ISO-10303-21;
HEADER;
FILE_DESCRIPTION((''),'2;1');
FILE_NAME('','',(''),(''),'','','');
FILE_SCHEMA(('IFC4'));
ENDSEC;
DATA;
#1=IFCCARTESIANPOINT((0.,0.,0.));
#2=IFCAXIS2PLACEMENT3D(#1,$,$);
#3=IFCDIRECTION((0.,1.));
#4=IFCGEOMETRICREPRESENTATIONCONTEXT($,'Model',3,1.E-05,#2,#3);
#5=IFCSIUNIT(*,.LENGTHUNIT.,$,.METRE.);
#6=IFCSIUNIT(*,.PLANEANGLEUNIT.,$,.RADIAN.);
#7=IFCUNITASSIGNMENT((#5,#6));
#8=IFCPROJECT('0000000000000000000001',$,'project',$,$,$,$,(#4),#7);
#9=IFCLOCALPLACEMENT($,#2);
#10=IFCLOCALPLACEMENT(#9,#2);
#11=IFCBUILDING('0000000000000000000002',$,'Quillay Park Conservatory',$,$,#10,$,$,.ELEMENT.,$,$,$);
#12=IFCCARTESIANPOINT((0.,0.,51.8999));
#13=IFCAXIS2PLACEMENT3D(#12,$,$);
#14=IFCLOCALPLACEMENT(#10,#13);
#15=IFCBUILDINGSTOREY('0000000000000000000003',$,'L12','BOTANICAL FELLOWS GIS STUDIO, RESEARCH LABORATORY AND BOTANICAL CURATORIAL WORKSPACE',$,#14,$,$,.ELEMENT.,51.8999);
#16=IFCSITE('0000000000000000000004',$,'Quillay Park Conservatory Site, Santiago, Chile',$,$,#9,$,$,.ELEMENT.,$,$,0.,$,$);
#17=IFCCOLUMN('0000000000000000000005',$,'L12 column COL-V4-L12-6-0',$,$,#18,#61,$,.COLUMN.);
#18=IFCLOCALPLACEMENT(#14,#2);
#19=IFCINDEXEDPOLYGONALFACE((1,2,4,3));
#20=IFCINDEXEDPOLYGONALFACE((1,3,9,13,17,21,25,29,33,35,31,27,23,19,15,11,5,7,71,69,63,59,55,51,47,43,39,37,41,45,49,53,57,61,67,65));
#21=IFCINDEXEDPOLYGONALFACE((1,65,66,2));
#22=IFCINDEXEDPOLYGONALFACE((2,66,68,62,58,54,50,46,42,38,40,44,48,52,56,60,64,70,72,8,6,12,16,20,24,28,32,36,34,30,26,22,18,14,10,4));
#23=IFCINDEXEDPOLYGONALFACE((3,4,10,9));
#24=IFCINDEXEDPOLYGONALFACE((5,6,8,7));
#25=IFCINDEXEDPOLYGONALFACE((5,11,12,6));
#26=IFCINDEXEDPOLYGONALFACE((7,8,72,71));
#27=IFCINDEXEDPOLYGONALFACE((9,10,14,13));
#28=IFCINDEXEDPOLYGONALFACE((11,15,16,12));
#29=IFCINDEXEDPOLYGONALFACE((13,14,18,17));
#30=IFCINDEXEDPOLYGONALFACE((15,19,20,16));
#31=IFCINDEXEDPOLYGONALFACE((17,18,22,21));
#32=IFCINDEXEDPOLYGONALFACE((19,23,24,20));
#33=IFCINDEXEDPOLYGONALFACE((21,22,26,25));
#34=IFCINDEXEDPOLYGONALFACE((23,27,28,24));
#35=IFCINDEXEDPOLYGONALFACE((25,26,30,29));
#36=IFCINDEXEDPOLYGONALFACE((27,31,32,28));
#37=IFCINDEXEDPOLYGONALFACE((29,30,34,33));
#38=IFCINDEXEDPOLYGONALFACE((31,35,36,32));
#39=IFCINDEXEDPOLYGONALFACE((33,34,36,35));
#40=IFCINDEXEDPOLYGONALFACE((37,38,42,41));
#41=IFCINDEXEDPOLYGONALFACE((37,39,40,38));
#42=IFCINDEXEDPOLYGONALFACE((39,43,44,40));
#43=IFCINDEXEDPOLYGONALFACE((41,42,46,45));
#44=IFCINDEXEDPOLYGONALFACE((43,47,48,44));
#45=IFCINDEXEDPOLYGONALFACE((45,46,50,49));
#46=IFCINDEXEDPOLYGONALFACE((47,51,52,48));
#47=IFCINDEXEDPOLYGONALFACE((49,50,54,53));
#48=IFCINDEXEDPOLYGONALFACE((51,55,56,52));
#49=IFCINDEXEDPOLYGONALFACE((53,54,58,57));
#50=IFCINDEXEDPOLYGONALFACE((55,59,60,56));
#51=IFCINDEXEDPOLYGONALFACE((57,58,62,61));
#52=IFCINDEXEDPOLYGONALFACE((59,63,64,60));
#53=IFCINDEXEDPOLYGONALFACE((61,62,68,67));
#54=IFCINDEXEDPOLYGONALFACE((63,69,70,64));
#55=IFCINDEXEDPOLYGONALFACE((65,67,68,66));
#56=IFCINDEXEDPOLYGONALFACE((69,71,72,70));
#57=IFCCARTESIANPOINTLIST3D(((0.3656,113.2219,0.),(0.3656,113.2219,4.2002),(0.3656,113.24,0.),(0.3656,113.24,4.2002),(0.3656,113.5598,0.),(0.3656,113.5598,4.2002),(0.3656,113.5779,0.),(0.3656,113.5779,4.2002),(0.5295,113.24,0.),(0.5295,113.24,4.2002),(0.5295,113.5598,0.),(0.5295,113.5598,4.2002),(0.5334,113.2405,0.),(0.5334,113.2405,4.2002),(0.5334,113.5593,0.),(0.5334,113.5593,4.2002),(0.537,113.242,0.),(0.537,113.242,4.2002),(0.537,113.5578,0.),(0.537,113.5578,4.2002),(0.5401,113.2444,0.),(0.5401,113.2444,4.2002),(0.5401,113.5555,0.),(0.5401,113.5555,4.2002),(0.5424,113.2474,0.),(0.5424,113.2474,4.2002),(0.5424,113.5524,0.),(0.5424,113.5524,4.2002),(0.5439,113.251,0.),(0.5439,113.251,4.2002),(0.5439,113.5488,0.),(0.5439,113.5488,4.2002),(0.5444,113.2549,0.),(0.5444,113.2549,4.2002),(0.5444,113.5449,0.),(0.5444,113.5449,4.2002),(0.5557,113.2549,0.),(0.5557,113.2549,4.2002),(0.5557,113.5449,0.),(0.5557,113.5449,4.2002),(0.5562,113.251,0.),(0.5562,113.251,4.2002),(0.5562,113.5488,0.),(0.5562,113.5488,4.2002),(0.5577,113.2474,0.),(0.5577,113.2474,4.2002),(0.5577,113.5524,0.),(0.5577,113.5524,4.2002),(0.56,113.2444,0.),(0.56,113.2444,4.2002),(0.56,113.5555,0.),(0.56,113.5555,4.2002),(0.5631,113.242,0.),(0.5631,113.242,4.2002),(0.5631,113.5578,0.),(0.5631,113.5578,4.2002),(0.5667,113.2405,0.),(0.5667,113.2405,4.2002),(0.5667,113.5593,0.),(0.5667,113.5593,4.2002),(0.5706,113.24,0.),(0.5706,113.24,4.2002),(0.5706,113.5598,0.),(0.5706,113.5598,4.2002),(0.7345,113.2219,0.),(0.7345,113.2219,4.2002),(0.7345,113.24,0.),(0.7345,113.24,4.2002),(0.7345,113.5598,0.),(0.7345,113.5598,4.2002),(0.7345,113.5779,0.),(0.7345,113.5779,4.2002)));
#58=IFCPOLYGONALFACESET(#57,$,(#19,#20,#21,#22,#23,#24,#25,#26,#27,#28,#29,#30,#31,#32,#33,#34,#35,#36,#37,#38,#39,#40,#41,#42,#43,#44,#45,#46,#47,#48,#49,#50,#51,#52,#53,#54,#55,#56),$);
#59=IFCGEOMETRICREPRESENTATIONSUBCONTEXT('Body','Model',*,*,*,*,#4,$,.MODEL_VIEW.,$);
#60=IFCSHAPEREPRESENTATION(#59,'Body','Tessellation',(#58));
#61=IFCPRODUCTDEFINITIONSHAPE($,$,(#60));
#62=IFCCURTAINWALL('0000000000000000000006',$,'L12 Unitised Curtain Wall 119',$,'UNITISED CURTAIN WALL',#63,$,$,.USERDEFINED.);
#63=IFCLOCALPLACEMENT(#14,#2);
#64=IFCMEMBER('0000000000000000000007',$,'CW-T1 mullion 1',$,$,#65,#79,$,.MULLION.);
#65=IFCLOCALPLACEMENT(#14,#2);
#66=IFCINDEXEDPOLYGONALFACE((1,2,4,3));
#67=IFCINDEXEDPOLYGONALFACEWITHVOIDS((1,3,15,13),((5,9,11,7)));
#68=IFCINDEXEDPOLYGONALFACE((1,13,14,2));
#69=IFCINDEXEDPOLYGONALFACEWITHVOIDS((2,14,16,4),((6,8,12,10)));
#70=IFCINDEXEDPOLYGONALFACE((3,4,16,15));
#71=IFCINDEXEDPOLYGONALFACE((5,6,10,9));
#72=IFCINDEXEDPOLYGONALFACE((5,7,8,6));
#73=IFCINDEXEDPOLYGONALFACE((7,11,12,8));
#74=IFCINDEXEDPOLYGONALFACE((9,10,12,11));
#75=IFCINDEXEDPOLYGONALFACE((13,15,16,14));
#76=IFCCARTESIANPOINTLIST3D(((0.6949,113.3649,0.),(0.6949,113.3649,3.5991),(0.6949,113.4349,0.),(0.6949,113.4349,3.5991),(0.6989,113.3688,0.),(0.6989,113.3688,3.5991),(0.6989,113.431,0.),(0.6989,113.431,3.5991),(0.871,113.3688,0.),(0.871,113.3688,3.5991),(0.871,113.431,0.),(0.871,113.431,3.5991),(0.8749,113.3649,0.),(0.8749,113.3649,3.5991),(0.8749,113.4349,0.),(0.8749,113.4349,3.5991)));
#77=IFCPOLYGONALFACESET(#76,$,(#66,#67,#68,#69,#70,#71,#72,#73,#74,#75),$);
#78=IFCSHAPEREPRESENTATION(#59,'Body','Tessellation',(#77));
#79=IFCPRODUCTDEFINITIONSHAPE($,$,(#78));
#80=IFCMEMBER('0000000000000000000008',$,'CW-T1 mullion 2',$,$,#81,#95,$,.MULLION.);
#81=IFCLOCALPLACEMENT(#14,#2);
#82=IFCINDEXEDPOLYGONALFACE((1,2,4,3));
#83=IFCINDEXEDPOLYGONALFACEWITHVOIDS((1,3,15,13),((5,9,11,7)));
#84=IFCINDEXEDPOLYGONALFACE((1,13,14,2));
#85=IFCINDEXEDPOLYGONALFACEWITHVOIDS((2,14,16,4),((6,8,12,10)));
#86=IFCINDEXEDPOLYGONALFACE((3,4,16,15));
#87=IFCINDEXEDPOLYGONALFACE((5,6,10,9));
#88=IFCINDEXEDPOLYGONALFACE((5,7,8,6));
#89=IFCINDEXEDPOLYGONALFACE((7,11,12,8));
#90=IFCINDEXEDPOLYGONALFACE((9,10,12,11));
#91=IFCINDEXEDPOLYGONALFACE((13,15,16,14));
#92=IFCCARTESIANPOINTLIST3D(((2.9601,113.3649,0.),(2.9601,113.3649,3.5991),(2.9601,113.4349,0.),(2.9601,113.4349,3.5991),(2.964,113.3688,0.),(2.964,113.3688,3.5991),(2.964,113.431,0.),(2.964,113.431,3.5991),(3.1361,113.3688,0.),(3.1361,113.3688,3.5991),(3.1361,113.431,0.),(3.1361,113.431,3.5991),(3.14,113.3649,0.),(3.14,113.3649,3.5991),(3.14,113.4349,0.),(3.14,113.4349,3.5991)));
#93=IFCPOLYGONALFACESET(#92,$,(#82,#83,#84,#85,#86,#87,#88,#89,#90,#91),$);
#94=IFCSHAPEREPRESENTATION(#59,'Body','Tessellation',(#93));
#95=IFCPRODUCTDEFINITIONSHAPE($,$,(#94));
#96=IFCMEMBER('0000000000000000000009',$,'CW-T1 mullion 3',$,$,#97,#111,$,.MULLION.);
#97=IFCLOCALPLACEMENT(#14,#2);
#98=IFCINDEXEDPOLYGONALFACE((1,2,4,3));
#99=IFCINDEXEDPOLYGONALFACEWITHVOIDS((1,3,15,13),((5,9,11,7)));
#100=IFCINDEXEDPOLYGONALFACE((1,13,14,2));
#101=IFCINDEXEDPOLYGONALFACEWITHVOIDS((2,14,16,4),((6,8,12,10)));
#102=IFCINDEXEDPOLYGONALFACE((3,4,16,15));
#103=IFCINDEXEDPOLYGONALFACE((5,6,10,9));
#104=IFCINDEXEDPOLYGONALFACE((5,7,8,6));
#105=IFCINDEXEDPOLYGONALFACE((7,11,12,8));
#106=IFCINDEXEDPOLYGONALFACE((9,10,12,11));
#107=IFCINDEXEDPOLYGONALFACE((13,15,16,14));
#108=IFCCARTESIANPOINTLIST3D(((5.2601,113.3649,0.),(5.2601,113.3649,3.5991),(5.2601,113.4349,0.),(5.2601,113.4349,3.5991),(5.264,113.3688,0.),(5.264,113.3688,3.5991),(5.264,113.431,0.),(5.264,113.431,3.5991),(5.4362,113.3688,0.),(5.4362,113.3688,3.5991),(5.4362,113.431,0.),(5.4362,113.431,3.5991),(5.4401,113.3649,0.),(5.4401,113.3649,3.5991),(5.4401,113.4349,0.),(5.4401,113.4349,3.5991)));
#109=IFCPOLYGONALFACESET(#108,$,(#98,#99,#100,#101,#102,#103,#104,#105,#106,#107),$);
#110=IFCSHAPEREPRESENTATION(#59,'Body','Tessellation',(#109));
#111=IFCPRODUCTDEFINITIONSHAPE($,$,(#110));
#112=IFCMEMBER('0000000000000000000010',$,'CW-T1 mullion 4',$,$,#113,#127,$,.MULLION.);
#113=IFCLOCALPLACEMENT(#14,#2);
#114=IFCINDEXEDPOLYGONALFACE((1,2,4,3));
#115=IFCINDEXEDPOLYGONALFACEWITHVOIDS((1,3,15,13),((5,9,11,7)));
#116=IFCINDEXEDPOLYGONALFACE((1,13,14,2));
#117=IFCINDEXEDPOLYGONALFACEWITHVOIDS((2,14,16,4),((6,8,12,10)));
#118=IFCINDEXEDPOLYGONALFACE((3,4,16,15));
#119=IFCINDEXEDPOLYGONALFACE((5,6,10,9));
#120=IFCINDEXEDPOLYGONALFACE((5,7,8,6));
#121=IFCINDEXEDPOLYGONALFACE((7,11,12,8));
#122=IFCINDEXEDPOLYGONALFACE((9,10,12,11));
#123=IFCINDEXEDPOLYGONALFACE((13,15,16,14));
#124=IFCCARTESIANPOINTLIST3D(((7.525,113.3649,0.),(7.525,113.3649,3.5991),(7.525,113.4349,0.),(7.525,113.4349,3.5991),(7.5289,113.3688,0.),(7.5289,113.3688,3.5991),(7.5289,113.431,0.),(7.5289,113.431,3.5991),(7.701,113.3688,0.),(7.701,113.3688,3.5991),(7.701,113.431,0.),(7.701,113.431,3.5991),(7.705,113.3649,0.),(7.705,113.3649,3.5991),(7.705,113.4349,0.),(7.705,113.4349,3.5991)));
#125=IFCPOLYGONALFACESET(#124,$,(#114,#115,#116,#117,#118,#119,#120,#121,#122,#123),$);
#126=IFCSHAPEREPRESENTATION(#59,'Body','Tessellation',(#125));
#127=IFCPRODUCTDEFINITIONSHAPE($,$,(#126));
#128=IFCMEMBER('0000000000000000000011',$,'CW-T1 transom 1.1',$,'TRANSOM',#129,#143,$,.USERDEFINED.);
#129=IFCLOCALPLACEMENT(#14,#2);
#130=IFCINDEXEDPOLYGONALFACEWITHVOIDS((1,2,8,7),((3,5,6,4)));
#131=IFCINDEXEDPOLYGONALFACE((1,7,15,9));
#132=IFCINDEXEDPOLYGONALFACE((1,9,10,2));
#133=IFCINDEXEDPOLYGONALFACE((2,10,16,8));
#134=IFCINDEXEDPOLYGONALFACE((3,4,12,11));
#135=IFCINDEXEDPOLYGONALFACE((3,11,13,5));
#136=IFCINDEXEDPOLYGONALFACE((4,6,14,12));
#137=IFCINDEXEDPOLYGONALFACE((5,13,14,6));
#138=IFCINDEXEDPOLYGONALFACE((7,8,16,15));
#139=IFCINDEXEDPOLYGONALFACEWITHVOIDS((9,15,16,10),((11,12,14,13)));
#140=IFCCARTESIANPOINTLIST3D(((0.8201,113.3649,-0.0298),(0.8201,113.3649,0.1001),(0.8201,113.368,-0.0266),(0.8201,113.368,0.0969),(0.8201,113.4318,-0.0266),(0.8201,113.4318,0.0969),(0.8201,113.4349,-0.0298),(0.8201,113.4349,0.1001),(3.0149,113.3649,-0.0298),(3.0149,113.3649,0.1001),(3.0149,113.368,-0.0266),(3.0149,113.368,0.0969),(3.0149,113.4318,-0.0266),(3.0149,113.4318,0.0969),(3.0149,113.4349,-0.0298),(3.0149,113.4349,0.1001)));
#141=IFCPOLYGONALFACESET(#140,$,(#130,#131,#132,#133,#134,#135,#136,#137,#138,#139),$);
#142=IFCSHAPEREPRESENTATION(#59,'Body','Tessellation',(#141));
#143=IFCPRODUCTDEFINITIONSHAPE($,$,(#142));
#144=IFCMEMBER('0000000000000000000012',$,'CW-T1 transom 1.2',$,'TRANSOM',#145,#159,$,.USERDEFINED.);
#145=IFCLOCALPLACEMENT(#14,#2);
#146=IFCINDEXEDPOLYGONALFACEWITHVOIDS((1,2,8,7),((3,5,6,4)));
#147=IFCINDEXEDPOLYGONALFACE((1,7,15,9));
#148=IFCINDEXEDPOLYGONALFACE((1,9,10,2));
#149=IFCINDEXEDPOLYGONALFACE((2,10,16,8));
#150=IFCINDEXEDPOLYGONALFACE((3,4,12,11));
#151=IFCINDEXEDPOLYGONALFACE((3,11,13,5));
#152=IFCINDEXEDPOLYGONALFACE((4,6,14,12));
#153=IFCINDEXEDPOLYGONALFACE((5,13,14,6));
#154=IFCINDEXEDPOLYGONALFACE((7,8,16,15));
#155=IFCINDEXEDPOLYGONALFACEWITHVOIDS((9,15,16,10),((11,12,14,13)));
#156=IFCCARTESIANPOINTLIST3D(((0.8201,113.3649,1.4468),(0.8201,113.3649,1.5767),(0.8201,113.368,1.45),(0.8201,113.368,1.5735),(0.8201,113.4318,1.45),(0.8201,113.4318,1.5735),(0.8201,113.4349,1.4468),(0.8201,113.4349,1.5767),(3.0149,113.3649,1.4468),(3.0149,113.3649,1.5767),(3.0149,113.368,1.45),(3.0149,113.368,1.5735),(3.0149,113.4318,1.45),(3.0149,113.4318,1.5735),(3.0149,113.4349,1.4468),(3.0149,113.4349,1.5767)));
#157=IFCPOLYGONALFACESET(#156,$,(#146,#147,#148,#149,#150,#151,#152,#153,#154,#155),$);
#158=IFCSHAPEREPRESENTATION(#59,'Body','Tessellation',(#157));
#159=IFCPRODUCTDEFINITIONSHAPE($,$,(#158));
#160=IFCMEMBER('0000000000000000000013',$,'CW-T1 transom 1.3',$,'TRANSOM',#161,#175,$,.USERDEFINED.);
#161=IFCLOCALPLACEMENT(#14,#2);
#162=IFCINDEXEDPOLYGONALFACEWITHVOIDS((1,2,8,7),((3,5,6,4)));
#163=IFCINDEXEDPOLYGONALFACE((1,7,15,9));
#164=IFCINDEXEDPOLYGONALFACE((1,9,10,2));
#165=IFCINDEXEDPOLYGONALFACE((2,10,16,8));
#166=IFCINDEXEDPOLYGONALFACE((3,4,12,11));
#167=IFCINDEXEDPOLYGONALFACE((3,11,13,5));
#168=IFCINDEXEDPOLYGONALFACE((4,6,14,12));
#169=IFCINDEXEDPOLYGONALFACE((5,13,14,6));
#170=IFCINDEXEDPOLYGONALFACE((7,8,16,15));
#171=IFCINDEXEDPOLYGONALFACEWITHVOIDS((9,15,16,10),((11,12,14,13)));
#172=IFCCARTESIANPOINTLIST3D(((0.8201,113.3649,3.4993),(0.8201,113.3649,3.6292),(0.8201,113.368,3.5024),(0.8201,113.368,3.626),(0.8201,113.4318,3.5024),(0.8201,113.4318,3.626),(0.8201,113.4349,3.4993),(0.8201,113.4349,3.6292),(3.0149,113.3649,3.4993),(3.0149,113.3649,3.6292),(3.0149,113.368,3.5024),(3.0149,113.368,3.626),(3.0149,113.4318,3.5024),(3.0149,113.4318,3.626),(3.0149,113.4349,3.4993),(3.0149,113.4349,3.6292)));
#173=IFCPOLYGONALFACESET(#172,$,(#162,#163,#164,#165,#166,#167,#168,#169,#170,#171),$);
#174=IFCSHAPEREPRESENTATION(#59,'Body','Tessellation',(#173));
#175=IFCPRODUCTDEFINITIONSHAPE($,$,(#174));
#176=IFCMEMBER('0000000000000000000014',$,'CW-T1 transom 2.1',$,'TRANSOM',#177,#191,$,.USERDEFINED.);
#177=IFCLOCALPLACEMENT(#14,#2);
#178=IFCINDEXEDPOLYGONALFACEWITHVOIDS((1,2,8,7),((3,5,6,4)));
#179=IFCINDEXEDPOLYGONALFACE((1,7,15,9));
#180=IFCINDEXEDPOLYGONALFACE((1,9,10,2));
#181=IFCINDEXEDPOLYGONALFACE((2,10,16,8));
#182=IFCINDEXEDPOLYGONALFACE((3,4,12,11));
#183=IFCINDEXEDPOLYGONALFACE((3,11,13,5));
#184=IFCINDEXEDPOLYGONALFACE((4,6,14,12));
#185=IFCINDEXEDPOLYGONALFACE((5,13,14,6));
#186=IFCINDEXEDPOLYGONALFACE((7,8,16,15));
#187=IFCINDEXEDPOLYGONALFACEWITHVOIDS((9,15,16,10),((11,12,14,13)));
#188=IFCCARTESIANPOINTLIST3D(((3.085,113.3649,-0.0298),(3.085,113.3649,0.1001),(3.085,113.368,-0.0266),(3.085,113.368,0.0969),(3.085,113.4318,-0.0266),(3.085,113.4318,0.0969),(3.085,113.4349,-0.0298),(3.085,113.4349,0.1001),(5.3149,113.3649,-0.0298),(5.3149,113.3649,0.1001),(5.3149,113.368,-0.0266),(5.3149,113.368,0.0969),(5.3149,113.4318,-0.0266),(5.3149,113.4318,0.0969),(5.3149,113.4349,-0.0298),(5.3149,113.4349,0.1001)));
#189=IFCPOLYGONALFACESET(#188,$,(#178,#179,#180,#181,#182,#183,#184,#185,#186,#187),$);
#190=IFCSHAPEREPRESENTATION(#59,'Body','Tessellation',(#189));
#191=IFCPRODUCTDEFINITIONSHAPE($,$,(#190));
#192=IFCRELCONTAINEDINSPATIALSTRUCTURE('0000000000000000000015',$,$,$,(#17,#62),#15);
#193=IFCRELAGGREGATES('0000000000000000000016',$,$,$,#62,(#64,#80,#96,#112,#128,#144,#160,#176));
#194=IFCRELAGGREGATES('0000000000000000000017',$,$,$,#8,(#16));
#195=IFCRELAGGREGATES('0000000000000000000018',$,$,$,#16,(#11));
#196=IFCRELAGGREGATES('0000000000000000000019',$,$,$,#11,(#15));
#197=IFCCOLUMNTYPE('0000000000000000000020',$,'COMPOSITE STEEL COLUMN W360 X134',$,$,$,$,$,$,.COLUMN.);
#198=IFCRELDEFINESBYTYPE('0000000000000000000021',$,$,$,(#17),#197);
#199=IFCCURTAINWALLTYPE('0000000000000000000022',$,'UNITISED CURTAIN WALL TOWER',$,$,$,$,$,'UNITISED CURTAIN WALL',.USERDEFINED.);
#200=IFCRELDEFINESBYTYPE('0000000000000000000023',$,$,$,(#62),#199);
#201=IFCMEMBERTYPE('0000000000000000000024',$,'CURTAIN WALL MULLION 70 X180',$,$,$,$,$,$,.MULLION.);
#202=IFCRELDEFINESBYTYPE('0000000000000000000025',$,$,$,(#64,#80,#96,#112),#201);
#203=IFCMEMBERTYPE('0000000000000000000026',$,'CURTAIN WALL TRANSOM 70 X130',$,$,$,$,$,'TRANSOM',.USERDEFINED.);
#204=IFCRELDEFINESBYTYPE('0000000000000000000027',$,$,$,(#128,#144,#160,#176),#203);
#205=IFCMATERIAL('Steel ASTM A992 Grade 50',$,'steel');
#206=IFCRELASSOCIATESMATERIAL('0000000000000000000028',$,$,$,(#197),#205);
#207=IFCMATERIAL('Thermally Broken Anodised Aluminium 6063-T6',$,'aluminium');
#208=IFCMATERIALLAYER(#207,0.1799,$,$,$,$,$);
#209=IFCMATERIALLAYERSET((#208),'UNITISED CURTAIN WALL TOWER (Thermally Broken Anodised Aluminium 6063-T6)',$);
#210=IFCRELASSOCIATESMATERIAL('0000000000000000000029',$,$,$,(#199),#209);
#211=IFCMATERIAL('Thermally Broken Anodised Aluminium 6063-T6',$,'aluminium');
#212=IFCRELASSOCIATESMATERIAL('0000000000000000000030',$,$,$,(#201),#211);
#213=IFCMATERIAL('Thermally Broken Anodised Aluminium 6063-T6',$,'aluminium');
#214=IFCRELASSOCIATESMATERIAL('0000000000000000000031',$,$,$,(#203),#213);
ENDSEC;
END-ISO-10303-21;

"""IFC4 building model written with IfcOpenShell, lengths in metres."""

from ifc_helpers import new_model, si_unit, direction, frame, origin, origin_2d, place, context, subcontext, project, spatial, hollow_rectangle, i_section, extrude, material, layer, layer_set, material_profile, profile_set, type_object, element, aggregate, save


model = new_model("IFC4")

# Units and contexts
model_context = context("Model", 3, precision=1e-05, world=origin(), true_north=direction((0.0, 1.0)))
body_context = subcontext(model_context, "Body", "Model", "MODEL_VIEW")
ifc_project = project(units=[si_unit("LENGTHUNIT", "METRE"), si_unit("PLANEANGLEUNIT", "RADIAN")], contexts=[model_context])

# Site, building, storey
site_placement = place(None, origin())
site = spatial("IfcSite", under=ifc_project, at=site_placement, Name="Quillay Park Conservatory Site, Santiago, Chile", CompositionType="ELEMENT", RefElevation=0.0)
building_placement = place(site_placement, origin())
building = spatial("IfcBuilding", under=site, at=building_placement, Name="Quillay Park Conservatory", CompositionType="ELEMENT")
storey_placement = place(building_placement, frame((0.0, 0.0, 51.8999)))
storey = spatial("IfcBuildingStorey", under=building, at=storey_placement, Name="L12", Description="BOTANICAL FELLOWS GIS STUDIO, RESEARCH LABORATORY AND BOTANICAL CURATORIAL WORKSPACE", CompositionType="ELEMENT", Elevation=51.8999)

# Column
ifc_material_1 = material(Name="Steel ASTM A992 Grade 50", Category="steel")
ifc_material_profile_1 = material_profile(ifc_material_1, i_section(OverallWidth=0.3689, OverallDepth=0.356, WebThickness=0.0112, FlangeThickness=0.0181, FilletRadius=0.0149, at=origin_2d()), Name="W360x134")
ifc_profile_set_1 = profile_set([ifc_material_profile_1], Name="Steel ASTM A992 Grade 50")
column_type = type_object("IfcColumnType", Name="COMPOSITE STEEL COLUMN W360 X134", PredefinedType="COLUMN", material=ifc_profile_set_1)
column_placement = place(storey_placement, frame((0.55, 113.3999, 0.0), z_axis=(0.0, 0.0, 1.0), x_axis=(1.0, 0.0, 0.0)))
element("IfcColumn", 1, at=column_placement, inside=storey, type_object=column_type, Name="L12 column COL-V4-L12-6-0", PredefinedType="COLUMN", context=body_context, shape_type="SweptSolid", body=[
    extrude(i_section(OverallWidth=0.3689, OverallDepth=0.356, WebThickness=0.0112, FlangeThickness=0.0181, FilletRadius=0.0149, at=origin_2d()), origin(), (0.0, 0.0, 1.0), 4.2002),
])

# Curtain wall, members
ifc_material_2 = material(Name="Thermally Broken Anodised Aluminium 6063-T6", Category="aluminium")
ifc_layer_1 = layer(ifc_material_2, 0.1799)
ifc_layer_set_1 = layer_set([ifc_layer_1], Name="UNITISED CURTAIN WALL TOWER (Thermally Broken Anodised Aluminium 6063-T6)")
curtain_wall_type = type_object("IfcCurtainWallType", Name="UNITISED CURTAIN WALL TOWER", ElementType="UNITISED CURTAIN WALL", PredefinedType="USERDEFINED", material=ifc_layer_set_1)
curtain_wall_placement = place(storey_placement, origin())
curtain_wall = element("IfcCurtainWall", 2, at=curtain_wall_placement, inside=storey, type_object=curtain_wall_type, Name="L12 Unitised Curtain Wall 119", ObjectType="UNITISED CURTAIN WALL", PredefinedType="USERDEFINED")
ifc_material_3 = material(Name="Thermally Broken Anodised Aluminium 6063-T6", Category="aluminium")
ifc_material_profile_2 = material_profile(ifc_material_3, hollow_rectangle(XDim=0.0701, YDim=0.1799, WallThickness=0.0039, at=origin_2d()), Name="AL70x180x4")
ifc_profile_set_2 = profile_set([ifc_material_profile_2], Name="Thermally Broken Anodised Aluminium 6063-T6")
member_type_1 = type_object("IfcMemberType", Name="CURTAIN WALL MULLION 70 X180", PredefinedType="MULLION", material=ifc_profile_set_2)
member_1_placement = place(storey_placement, frame((0.7849, 113.3999, 0.0), z_axis=(0.0, 0.0, 1.0), x_axis=(0.0, 1.0, 0.0)))
member_1 = element("IfcMember", 3, at=member_1_placement, type_object=member_type_1, Name="CW-T1 mullion 1", PredefinedType="MULLION", context=body_context, shape_type="SweptSolid", body=[
    extrude(hollow_rectangle(XDim=0.0701, YDim=0.1799, WallThickness=0.0039, at=origin_2d()), origin(), (0.0, 0.0, 1.0), 3.5991),
])
member_2_placement = place(storey_placement, frame((3.05, 113.3999, 0.0), z_axis=(0.0, 0.0, 1.0), x_axis=(0.0, 1.0, 0.0)))
member_2 = element("IfcMember", 4, at=member_2_placement, type_object=member_type_1, Name="CW-T1 mullion 2", PredefinedType="MULLION", context=body_context, shape_type="SweptSolid", body=[
    extrude(hollow_rectangle(XDim=0.0701, YDim=0.1799, WallThickness=0.0039, at=origin_2d()), origin(), (0.0, 0.0, 1.0), 3.5991),
])
member_3_placement = place(storey_placement, frame((5.3501, 113.3999, 0.0), z_axis=(0.0, 0.0, 1.0), x_axis=(0.0, 1.0, 0.0)))
member_3 = element("IfcMember", 5, at=member_3_placement, type_object=member_type_1, Name="CW-T1 mullion 3", PredefinedType="MULLION", context=body_context, shape_type="SweptSolid", body=[
    extrude(hollow_rectangle(XDim=0.0701, YDim=0.1799, WallThickness=0.0039, at=origin_2d()), origin(), (0.0, 0.0, 1.0), 3.5991),
])
member_4_placement = place(storey_placement, frame((7.615, 113.3999, 0.0), z_axis=(0.0, 0.0, 1.0), x_axis=(0.0, 1.0, 0.0)))
member_4 = element("IfcMember", 6, at=member_4_placement, type_object=member_type_1, Name="CW-T1 mullion 4", PredefinedType="MULLION", context=body_context, shape_type="SweptSolid", body=[
    extrude(hollow_rectangle(XDim=0.0701, YDim=0.1799, WallThickness=0.0039, at=origin_2d()), origin(), (0.0, 0.0, 1.0), 3.5991),
])
ifc_material_4 = material(Name="Thermally Broken Anodised Aluminium 6063-T6", Category="aluminium")
ifc_material_profile_3 = material_profile(ifc_material_4, hollow_rectangle(XDim=0.0701, YDim=0.1299, WallThickness=0.0032, at=origin_2d()), Name="AL70x130x3.2")
ifc_profile_set_3 = profile_set([ifc_material_profile_3], Name="Thermally Broken Anodised Aluminium 6063-T6")
member_type_2 = type_object("IfcMemberType", Name="CURTAIN WALL TRANSOM 70 X130", ElementType="TRANSOM", PredefinedType="USERDEFINED", material=ifc_profile_set_3)
member_5_placement = place(storey_placement, frame((0.8201, 113.3999, 0.0352), z_axis=(1.0, 0.0, 0.0), x_axis=(0.0, 1.0, 0.0)))
member_5 = element("IfcMember", 7, at=member_5_placement, type_object=member_type_2, Name="CW-T1 transom 1.1", ObjectType="TRANSOM", PredefinedType="USERDEFINED", context=body_context, shape_type="SweptSolid", body=[
    extrude(hollow_rectangle(XDim=0.0701, YDim=0.1299, WallThickness=0.0032, at=origin_2d()), origin(), (0.0, 0.0, 1.0), 2.1948),
])
member_6_placement = place(storey_placement, frame((0.8201, 113.3999, 1.5117), z_axis=(1.0, 0.0, 0.0), x_axis=(0.0, 1.0, 0.0)))
member_6 = element("IfcMember", 8, at=member_6_placement, type_object=member_type_2, Name="CW-T1 transom 1.2", ObjectType="TRANSOM", PredefinedType="USERDEFINED", context=body_context, shape_type="SweptSolid", body=[
    extrude(hollow_rectangle(XDim=0.0701, YDim=0.1299, WallThickness=0.0032, at=origin_2d()), origin(), (0.0, 0.0, 1.0), 2.1948),
])
member_7_placement = place(storey_placement, frame((0.8201, 113.3999, 3.5642), z_axis=(1.0, 0.0, 0.0), x_axis=(0.0, 1.0, 0.0)))
member_7 = element("IfcMember", 9, at=member_7_placement, type_object=member_type_2, Name="CW-T1 transom 1.3", ObjectType="TRANSOM", PredefinedType="USERDEFINED", context=body_context, shape_type="SweptSolid", body=[
    extrude(hollow_rectangle(XDim=0.0701, YDim=0.1299, WallThickness=0.0032, at=origin_2d()), origin(), (0.0, 0.0, 1.0), 2.1948),
])
member_8_placement = place(storey_placement, frame((3.085, 113.3999, 0.0352), z_axis=(1.0, 0.0, 0.0), x_axis=(0.0, 1.0, 0.0)))
member_8 = element("IfcMember", 10, at=member_8_placement, type_object=member_type_2, Name="CW-T1 transom 2.1", ObjectType="TRANSOM", PredefinedType="USERDEFINED", context=body_context, shape_type="SweptSolid", body=[
    extrude(hollow_rectangle(XDim=0.0701, YDim=0.1299, WallThickness=0.0032, at=origin_2d()), origin(), (0.0, 0.0, 1.0), 2.23),
])

aggregate(curtain_wall, [member_1, member_2, member_3, member_4, member_5, member_6, member_7, member_8])

save(model, "model.ifc")
